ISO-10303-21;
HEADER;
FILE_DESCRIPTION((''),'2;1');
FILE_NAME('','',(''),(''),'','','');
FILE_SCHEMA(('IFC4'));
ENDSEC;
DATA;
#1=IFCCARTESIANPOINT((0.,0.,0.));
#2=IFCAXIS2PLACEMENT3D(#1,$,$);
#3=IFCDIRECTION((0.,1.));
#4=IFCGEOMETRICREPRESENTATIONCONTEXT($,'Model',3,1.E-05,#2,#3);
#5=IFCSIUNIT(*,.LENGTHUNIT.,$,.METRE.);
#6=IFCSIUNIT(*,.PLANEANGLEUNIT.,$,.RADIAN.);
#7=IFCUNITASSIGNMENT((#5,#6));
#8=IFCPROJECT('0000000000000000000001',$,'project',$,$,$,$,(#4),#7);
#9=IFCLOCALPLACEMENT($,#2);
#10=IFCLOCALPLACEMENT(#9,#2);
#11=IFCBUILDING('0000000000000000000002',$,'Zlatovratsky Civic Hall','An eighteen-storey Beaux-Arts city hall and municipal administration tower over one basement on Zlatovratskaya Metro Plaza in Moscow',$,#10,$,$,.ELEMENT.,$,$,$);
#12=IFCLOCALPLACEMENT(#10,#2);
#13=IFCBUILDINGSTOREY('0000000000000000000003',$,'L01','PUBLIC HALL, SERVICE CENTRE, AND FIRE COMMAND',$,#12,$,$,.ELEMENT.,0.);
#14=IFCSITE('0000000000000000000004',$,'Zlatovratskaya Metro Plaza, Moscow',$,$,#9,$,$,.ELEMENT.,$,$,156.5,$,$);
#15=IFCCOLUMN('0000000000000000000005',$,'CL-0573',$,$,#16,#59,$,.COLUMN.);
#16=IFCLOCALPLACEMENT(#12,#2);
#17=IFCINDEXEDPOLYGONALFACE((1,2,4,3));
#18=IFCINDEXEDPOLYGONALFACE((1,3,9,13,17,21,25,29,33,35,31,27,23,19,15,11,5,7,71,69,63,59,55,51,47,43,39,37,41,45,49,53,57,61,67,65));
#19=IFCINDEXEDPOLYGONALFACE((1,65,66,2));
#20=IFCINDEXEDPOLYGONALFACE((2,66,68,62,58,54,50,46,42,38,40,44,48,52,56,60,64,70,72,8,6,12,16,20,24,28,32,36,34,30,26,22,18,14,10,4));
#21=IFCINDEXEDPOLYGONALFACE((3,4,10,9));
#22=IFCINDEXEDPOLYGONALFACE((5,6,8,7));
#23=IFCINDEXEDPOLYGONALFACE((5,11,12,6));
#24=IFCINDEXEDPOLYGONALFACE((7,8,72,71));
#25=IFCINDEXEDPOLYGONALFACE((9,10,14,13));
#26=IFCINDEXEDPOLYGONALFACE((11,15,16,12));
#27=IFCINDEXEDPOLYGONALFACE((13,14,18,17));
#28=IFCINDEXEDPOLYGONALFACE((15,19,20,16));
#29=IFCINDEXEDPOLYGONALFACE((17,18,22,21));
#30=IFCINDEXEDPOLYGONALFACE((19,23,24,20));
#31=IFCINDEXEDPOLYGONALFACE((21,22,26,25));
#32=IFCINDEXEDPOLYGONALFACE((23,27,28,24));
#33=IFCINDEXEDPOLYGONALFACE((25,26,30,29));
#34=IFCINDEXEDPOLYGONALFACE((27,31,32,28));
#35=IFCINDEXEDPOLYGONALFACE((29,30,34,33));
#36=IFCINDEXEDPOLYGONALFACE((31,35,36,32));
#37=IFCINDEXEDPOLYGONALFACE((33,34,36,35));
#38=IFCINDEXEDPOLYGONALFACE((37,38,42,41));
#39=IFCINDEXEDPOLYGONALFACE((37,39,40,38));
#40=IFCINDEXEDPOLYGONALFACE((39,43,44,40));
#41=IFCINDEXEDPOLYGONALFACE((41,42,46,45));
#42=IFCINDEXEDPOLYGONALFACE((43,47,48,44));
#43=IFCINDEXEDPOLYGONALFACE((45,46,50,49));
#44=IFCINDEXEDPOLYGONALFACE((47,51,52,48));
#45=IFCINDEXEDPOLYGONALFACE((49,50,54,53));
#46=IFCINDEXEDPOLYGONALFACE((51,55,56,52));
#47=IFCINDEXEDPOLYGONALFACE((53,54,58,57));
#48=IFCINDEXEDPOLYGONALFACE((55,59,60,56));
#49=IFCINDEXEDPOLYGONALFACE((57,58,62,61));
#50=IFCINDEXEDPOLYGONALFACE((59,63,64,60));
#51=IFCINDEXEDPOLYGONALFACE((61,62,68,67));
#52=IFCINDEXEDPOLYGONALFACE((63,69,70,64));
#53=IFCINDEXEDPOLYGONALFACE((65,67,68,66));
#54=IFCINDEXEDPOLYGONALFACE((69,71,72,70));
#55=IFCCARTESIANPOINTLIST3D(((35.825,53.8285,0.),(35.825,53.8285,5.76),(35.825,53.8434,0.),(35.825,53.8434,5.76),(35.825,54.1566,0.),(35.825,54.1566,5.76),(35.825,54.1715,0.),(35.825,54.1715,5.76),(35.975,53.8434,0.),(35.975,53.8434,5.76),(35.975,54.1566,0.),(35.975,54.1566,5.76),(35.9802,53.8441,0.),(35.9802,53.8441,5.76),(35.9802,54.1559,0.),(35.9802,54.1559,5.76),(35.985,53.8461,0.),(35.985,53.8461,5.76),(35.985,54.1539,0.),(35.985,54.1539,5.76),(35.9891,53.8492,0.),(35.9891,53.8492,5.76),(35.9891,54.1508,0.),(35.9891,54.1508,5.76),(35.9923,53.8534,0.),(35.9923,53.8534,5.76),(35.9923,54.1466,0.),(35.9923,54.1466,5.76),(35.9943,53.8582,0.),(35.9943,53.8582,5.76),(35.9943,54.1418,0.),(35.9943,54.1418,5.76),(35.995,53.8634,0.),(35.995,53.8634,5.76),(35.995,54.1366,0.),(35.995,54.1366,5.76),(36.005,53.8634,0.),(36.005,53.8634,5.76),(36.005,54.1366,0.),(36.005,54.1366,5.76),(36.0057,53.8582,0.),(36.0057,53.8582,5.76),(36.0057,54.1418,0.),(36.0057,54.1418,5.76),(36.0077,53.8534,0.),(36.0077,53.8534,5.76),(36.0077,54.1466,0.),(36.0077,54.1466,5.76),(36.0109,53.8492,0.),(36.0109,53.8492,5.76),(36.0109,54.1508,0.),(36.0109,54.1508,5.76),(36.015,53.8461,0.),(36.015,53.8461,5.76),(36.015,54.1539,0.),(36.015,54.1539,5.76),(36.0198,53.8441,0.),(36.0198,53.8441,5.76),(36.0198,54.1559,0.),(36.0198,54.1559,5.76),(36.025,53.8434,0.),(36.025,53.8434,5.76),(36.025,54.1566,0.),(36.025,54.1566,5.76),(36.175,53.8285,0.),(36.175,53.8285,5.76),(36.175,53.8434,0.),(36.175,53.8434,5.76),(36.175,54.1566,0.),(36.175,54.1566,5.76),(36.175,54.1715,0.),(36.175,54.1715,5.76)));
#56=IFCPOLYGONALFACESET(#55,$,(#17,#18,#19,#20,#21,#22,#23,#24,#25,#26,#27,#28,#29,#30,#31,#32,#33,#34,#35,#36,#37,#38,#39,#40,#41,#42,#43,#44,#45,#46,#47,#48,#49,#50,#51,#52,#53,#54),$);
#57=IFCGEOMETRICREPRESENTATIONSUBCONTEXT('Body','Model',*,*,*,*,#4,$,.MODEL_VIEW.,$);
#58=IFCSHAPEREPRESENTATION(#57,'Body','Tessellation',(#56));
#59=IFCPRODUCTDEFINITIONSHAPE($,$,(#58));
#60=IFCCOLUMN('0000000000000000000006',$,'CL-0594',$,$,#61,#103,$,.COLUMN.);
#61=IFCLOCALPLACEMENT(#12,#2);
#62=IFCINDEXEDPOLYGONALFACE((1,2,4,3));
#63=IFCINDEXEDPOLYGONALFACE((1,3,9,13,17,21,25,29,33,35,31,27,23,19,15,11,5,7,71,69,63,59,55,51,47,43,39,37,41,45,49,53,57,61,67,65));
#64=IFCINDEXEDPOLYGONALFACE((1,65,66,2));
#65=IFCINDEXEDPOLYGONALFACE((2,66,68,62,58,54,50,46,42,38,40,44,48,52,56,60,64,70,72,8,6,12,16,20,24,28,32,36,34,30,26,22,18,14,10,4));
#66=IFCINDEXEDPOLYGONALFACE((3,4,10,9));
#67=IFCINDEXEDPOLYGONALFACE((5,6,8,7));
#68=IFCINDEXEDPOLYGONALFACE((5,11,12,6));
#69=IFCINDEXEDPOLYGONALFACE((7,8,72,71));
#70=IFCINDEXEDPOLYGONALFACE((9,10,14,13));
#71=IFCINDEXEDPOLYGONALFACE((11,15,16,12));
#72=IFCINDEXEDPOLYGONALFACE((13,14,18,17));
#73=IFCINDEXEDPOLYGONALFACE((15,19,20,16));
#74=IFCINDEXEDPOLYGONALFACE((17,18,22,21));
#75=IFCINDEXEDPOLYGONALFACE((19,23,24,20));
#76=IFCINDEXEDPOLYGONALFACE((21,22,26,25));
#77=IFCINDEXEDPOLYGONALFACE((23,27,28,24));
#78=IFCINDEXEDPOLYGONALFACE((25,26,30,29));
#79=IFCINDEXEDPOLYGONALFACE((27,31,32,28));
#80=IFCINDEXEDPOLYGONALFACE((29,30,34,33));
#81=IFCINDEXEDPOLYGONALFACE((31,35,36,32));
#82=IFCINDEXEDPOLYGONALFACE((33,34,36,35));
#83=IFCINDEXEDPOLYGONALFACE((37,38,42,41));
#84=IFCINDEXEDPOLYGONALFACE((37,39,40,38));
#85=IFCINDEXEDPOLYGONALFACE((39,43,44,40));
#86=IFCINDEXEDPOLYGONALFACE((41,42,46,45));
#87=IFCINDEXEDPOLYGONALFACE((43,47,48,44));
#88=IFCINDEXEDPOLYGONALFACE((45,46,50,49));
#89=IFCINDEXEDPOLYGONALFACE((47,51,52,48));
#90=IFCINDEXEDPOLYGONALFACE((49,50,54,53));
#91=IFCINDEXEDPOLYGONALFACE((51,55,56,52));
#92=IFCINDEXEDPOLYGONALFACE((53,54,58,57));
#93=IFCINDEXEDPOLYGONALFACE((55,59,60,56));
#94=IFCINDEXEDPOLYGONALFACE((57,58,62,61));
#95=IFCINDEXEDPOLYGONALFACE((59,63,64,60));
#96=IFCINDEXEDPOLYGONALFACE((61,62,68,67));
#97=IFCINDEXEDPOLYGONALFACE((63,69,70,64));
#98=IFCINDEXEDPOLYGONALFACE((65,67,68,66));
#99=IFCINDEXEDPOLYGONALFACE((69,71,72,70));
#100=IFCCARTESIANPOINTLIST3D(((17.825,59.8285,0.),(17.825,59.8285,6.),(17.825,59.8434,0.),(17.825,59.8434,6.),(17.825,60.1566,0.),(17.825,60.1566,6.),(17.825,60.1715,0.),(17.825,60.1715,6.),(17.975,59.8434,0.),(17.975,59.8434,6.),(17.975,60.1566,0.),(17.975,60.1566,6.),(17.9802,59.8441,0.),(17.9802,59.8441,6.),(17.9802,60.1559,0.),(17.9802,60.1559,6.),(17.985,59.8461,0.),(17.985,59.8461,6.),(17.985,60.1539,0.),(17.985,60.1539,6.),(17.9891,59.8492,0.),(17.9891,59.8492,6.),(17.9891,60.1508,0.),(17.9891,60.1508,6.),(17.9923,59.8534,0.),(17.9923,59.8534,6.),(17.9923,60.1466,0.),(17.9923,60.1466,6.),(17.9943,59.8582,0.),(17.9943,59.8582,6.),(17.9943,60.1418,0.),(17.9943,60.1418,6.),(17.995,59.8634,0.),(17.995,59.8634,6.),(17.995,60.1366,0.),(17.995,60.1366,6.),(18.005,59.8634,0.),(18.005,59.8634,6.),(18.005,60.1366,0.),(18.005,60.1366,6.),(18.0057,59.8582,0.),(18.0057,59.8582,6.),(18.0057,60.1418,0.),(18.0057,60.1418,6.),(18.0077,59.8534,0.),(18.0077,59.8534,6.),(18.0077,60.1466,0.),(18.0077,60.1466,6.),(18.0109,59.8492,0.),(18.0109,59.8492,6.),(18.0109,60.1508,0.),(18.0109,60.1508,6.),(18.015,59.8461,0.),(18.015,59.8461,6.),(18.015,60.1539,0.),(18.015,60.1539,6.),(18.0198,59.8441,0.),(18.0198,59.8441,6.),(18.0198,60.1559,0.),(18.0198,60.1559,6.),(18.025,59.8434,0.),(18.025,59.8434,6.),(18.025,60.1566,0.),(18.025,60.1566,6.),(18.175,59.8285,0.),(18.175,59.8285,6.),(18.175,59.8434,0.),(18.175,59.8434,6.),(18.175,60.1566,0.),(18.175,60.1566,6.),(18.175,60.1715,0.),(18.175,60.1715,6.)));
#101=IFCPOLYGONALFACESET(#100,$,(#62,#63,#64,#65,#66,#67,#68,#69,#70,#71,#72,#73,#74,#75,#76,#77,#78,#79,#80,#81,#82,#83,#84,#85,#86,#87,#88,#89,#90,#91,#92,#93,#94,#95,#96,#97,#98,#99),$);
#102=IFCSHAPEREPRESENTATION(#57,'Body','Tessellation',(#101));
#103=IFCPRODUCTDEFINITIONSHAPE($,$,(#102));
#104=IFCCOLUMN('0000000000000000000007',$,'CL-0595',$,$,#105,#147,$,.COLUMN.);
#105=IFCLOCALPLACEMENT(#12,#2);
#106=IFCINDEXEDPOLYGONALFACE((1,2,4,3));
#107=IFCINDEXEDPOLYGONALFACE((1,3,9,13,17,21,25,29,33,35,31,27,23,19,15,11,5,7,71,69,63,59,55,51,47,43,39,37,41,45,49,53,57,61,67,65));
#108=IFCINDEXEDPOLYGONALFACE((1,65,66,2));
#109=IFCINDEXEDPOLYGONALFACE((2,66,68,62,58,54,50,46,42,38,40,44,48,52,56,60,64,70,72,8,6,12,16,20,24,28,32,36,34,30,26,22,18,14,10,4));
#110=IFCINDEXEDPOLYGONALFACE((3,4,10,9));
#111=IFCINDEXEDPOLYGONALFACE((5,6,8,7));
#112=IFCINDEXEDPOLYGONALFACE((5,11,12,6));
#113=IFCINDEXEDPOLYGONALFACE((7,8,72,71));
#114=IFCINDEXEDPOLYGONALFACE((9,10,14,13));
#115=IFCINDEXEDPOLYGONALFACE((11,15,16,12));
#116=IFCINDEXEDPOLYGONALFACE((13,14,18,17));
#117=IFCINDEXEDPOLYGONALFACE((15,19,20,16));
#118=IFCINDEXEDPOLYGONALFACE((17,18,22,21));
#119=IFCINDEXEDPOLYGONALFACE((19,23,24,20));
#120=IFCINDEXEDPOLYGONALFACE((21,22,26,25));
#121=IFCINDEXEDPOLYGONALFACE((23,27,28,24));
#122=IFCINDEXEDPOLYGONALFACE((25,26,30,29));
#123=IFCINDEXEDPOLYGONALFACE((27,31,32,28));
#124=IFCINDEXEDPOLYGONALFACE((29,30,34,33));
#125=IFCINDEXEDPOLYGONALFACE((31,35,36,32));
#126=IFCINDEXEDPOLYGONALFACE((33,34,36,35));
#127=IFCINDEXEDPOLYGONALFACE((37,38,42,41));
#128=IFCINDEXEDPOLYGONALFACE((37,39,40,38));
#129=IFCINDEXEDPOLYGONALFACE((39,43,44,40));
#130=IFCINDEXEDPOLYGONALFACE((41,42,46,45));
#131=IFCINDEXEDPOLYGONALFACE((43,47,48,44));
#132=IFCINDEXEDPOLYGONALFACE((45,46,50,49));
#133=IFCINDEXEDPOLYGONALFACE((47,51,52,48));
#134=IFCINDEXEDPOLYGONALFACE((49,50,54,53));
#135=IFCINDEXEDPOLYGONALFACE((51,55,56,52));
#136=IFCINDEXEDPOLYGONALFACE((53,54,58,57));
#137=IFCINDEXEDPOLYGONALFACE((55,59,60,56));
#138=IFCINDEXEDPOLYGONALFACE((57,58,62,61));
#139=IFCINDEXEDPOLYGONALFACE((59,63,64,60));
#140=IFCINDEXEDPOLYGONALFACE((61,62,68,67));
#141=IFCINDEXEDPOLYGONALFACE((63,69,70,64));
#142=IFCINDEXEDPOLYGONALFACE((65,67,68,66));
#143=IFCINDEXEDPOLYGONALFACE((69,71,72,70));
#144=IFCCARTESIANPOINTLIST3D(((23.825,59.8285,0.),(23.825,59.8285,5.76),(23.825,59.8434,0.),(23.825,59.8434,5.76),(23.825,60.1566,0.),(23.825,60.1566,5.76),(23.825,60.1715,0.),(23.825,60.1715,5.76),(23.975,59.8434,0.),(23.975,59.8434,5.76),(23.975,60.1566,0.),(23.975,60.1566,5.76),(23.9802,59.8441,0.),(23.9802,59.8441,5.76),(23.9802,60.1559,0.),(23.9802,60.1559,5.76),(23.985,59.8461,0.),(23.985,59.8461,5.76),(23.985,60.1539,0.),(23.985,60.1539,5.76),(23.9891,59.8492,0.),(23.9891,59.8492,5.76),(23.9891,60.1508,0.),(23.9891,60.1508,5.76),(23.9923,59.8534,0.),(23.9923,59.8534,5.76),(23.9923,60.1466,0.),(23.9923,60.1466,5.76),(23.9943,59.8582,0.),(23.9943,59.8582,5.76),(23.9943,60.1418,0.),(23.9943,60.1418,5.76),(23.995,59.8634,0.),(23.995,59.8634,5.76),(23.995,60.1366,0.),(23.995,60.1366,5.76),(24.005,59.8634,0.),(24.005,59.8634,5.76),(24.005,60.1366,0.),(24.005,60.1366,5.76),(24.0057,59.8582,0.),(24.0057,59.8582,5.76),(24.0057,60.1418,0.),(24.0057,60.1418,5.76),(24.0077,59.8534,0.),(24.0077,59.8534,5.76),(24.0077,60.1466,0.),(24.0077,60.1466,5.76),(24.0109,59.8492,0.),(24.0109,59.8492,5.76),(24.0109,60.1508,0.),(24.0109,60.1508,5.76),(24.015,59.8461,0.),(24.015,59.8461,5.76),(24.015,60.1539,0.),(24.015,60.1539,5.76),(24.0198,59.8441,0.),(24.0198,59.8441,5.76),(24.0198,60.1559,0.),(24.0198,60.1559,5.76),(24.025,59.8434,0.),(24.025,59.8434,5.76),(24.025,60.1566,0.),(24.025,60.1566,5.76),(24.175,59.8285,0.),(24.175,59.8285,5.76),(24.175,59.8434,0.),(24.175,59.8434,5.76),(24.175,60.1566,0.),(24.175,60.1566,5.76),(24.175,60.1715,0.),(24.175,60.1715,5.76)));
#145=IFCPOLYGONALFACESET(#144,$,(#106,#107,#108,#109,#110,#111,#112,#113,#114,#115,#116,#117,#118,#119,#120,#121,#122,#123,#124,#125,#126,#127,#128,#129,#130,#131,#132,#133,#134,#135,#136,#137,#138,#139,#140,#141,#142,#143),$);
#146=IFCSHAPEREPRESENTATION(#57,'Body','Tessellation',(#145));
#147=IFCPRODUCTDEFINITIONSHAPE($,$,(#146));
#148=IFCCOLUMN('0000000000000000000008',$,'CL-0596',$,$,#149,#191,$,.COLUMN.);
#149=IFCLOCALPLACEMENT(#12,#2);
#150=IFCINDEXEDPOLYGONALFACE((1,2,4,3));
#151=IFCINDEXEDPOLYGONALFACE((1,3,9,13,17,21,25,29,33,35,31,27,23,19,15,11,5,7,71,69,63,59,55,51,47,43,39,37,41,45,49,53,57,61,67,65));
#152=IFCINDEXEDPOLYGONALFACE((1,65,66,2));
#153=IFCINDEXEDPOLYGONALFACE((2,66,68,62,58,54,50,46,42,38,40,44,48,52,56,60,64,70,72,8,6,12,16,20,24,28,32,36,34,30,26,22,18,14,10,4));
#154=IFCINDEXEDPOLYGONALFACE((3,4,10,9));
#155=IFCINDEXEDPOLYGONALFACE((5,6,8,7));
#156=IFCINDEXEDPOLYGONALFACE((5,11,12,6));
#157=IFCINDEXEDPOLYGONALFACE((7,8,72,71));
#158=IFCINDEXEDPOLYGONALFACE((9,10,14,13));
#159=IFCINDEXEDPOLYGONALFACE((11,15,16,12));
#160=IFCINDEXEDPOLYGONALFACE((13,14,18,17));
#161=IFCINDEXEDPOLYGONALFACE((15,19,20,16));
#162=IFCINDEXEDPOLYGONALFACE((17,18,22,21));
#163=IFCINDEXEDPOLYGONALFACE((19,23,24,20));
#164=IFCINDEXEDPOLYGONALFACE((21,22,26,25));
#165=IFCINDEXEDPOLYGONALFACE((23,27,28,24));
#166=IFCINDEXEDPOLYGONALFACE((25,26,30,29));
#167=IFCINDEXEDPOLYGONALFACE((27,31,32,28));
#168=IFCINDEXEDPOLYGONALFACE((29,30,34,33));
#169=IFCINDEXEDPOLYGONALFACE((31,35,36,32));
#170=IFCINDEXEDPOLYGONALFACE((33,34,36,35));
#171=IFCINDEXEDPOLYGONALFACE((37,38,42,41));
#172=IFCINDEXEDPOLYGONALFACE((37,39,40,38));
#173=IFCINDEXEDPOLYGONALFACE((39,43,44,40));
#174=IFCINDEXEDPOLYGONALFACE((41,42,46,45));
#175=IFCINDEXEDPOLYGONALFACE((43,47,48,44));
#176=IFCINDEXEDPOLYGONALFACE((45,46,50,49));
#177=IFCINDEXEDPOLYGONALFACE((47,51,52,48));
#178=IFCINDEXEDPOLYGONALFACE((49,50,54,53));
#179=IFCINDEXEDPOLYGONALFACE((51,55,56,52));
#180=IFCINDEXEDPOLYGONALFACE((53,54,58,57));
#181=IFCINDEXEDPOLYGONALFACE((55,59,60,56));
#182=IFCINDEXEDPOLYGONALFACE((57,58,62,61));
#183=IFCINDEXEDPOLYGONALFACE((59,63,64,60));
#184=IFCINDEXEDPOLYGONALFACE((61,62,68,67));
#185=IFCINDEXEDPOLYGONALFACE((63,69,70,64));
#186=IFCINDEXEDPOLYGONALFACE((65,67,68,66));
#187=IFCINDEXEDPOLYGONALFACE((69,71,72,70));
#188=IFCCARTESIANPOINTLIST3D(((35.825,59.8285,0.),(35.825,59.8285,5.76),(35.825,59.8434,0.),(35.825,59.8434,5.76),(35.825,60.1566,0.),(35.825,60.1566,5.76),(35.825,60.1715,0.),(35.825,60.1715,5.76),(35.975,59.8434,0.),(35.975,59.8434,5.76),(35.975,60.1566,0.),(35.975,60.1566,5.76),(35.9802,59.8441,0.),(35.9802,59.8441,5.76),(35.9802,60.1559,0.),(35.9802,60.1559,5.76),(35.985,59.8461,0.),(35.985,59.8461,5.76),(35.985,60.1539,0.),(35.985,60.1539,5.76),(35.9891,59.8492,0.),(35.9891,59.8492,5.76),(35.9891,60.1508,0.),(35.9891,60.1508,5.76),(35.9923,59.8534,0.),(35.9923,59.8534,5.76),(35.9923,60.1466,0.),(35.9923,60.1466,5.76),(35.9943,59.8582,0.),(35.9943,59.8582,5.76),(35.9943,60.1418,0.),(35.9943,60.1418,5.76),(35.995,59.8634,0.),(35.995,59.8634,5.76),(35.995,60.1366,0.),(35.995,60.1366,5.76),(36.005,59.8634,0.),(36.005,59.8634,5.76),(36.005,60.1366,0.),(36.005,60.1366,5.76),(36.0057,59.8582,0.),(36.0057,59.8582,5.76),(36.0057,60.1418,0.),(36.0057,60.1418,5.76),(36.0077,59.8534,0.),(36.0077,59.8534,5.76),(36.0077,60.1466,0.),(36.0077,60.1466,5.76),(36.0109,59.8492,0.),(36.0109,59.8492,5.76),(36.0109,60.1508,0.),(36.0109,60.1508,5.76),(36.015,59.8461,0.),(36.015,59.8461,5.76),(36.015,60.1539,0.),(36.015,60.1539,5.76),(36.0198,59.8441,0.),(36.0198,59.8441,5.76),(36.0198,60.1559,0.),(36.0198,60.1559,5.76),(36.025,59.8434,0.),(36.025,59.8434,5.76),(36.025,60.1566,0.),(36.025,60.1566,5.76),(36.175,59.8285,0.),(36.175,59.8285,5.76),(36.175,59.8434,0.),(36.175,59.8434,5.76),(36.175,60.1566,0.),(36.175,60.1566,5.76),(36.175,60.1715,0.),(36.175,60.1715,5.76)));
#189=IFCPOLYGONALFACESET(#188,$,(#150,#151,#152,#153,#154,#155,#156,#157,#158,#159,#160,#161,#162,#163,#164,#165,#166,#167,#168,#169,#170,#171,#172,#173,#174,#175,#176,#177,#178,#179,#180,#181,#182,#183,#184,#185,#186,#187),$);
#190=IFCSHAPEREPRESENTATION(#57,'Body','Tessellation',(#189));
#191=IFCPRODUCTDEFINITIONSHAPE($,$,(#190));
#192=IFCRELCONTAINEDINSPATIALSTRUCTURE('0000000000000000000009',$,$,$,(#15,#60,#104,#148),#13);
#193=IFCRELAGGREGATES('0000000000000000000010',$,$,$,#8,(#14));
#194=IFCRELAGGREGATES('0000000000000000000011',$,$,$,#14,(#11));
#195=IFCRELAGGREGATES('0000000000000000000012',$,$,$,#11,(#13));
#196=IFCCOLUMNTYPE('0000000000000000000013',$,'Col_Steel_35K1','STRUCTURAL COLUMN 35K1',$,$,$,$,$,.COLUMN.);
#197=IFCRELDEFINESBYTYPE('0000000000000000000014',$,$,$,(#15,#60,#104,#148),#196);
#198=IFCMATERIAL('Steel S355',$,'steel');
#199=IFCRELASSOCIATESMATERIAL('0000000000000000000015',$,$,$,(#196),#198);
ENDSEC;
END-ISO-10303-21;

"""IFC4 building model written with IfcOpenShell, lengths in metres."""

from ifc_helpers import new_model, si_unit, direction, frame, origin, origin_2d, place, context, subcontext, project, spatial, i_section, extrude, material, material_profile, profile_set, type_object, element, save


model = new_model("IFC4")

# Units and contexts
model_context = context("Model", 3, precision=1e-05, world=origin(), true_north=direction((0.0, 1.0)))
body_context = subcontext(model_context, "Body", "Model", "MODEL_VIEW")
ifc_project = project(units=[si_unit("LENGTHUNIT", "METRE"), si_unit("PLANEANGLEUNIT", "RADIAN")], contexts=[model_context])

# Site, building, storey
site_placement = place(None, origin())
site = spatial("IfcSite", under=ifc_project, at=site_placement, Name="Zlatovratskaya Metro Plaza, Moscow", CompositionType="ELEMENT", RefElevation=156.5)
building_placement = place(site_placement, origin())
building = spatial("IfcBuilding", under=site, at=building_placement, Name="Zlatovratsky Civic Hall", Description="An eighteen-storey Beaux-Arts city hall and municipal administration tower over one basement on Zlatovratskaya Metro Plaza in Moscow", CompositionType="ELEMENT")
storey_placement = place(building_placement, origin())
storey = spatial("IfcBuildingStorey", under=building, at=storey_placement, Name="L01", Description="PUBLIC HALL, SERVICE CENTRE, AND FIRE COMMAND", CompositionType="ELEMENT", Elevation=0.0)

# Columns
ifc_material = material(Name="Steel S355", Category="steel")
ifc_material_profile_1 = material_profile(ifc_material, i_section(OverallWidth=0.3501, OverallDepth=0.343, WebThickness=0.01, FlangeThickness=0.0149, FilletRadius=0.02, at=origin_2d()), Name="35K1")
ifc_profile_set_1 = profile_set([ifc_material_profile_1], Name="Steel S355")
column_type = type_object("IfcColumnType", Name="Col_Steel_35K1", Description="STRUCTURAL COLUMN 35K1", PredefinedType="COLUMN", material=ifc_profile_set_1)
for number, where, z_axis, x_axis, name in (
    (1, (36.0, 54.0, 0.0), (0.0, 0.0, 1.0), (1.0, 0.0, 0.0), "CL-0573"),
):
    element("IfcColumn", number, at=place(storey_placement, frame(where, z_axis=z_axis, x_axis=x_axis)), inside=storey, type_object=column_type, Name=name, PredefinedType="COLUMN", context=body_context, shape_type="SweptSolid", body=[
        extrude(i_section(OverallWidth=0.3501, OverallDepth=0.343, WebThickness=0.01, FlangeThickness=0.0149, FilletRadius=0.02, at=origin_2d()), origin(), (0.0, 0.0, 1.0), 5.76),
    ])
column_1_placement = place(storey_placement, frame((18.0, 60.0, 0.0), z_axis=(0.0, 0.0, 1.0), x_axis=(1.0, 0.0, 0.0)))
element("IfcColumn", 2, at=column_1_placement, inside=storey, type_object=column_type, Name="CL-0594", PredefinedType="COLUMN", context=body_context, shape_type="SweptSolid", body=[
    extrude(i_section(OverallWidth=0.3501, OverallDepth=0.343, WebThickness=0.01, FlangeThickness=0.0149, FilletRadius=0.02, at=origin_2d()), origin(), (0.0, 0.0, 1.0), 6.0),
])
for number, where, z_axis, x_axis, name in (
    (3, (24.0, 60.0, 0.0), (0.0, 0.0, 1.0), (1.0, 0.0, 0.0), "CL-0595"),
    (4, (36.0, 60.0, 0.0), (0.0, 0.0, 1.0), (1.0, 0.0, 0.0), "CL-0596"),
):
    element("IfcColumn", number, at=place(storey_placement, frame(where, z_axis=z_axis, x_axis=x_axis)), inside=storey, type_object=column_type, Name=name, PredefinedType="COLUMN", context=body_context, shape_type="SweptSolid", body=[
        extrude(i_section(OverallWidth=0.3501, OverallDepth=0.343, WebThickness=0.01, FlangeThickness=0.0149, FilletRadius=0.02, at=origin_2d()), origin(), (0.0, 0.0, 1.0), 5.76),
    ])

save(model, "model.ifc")
